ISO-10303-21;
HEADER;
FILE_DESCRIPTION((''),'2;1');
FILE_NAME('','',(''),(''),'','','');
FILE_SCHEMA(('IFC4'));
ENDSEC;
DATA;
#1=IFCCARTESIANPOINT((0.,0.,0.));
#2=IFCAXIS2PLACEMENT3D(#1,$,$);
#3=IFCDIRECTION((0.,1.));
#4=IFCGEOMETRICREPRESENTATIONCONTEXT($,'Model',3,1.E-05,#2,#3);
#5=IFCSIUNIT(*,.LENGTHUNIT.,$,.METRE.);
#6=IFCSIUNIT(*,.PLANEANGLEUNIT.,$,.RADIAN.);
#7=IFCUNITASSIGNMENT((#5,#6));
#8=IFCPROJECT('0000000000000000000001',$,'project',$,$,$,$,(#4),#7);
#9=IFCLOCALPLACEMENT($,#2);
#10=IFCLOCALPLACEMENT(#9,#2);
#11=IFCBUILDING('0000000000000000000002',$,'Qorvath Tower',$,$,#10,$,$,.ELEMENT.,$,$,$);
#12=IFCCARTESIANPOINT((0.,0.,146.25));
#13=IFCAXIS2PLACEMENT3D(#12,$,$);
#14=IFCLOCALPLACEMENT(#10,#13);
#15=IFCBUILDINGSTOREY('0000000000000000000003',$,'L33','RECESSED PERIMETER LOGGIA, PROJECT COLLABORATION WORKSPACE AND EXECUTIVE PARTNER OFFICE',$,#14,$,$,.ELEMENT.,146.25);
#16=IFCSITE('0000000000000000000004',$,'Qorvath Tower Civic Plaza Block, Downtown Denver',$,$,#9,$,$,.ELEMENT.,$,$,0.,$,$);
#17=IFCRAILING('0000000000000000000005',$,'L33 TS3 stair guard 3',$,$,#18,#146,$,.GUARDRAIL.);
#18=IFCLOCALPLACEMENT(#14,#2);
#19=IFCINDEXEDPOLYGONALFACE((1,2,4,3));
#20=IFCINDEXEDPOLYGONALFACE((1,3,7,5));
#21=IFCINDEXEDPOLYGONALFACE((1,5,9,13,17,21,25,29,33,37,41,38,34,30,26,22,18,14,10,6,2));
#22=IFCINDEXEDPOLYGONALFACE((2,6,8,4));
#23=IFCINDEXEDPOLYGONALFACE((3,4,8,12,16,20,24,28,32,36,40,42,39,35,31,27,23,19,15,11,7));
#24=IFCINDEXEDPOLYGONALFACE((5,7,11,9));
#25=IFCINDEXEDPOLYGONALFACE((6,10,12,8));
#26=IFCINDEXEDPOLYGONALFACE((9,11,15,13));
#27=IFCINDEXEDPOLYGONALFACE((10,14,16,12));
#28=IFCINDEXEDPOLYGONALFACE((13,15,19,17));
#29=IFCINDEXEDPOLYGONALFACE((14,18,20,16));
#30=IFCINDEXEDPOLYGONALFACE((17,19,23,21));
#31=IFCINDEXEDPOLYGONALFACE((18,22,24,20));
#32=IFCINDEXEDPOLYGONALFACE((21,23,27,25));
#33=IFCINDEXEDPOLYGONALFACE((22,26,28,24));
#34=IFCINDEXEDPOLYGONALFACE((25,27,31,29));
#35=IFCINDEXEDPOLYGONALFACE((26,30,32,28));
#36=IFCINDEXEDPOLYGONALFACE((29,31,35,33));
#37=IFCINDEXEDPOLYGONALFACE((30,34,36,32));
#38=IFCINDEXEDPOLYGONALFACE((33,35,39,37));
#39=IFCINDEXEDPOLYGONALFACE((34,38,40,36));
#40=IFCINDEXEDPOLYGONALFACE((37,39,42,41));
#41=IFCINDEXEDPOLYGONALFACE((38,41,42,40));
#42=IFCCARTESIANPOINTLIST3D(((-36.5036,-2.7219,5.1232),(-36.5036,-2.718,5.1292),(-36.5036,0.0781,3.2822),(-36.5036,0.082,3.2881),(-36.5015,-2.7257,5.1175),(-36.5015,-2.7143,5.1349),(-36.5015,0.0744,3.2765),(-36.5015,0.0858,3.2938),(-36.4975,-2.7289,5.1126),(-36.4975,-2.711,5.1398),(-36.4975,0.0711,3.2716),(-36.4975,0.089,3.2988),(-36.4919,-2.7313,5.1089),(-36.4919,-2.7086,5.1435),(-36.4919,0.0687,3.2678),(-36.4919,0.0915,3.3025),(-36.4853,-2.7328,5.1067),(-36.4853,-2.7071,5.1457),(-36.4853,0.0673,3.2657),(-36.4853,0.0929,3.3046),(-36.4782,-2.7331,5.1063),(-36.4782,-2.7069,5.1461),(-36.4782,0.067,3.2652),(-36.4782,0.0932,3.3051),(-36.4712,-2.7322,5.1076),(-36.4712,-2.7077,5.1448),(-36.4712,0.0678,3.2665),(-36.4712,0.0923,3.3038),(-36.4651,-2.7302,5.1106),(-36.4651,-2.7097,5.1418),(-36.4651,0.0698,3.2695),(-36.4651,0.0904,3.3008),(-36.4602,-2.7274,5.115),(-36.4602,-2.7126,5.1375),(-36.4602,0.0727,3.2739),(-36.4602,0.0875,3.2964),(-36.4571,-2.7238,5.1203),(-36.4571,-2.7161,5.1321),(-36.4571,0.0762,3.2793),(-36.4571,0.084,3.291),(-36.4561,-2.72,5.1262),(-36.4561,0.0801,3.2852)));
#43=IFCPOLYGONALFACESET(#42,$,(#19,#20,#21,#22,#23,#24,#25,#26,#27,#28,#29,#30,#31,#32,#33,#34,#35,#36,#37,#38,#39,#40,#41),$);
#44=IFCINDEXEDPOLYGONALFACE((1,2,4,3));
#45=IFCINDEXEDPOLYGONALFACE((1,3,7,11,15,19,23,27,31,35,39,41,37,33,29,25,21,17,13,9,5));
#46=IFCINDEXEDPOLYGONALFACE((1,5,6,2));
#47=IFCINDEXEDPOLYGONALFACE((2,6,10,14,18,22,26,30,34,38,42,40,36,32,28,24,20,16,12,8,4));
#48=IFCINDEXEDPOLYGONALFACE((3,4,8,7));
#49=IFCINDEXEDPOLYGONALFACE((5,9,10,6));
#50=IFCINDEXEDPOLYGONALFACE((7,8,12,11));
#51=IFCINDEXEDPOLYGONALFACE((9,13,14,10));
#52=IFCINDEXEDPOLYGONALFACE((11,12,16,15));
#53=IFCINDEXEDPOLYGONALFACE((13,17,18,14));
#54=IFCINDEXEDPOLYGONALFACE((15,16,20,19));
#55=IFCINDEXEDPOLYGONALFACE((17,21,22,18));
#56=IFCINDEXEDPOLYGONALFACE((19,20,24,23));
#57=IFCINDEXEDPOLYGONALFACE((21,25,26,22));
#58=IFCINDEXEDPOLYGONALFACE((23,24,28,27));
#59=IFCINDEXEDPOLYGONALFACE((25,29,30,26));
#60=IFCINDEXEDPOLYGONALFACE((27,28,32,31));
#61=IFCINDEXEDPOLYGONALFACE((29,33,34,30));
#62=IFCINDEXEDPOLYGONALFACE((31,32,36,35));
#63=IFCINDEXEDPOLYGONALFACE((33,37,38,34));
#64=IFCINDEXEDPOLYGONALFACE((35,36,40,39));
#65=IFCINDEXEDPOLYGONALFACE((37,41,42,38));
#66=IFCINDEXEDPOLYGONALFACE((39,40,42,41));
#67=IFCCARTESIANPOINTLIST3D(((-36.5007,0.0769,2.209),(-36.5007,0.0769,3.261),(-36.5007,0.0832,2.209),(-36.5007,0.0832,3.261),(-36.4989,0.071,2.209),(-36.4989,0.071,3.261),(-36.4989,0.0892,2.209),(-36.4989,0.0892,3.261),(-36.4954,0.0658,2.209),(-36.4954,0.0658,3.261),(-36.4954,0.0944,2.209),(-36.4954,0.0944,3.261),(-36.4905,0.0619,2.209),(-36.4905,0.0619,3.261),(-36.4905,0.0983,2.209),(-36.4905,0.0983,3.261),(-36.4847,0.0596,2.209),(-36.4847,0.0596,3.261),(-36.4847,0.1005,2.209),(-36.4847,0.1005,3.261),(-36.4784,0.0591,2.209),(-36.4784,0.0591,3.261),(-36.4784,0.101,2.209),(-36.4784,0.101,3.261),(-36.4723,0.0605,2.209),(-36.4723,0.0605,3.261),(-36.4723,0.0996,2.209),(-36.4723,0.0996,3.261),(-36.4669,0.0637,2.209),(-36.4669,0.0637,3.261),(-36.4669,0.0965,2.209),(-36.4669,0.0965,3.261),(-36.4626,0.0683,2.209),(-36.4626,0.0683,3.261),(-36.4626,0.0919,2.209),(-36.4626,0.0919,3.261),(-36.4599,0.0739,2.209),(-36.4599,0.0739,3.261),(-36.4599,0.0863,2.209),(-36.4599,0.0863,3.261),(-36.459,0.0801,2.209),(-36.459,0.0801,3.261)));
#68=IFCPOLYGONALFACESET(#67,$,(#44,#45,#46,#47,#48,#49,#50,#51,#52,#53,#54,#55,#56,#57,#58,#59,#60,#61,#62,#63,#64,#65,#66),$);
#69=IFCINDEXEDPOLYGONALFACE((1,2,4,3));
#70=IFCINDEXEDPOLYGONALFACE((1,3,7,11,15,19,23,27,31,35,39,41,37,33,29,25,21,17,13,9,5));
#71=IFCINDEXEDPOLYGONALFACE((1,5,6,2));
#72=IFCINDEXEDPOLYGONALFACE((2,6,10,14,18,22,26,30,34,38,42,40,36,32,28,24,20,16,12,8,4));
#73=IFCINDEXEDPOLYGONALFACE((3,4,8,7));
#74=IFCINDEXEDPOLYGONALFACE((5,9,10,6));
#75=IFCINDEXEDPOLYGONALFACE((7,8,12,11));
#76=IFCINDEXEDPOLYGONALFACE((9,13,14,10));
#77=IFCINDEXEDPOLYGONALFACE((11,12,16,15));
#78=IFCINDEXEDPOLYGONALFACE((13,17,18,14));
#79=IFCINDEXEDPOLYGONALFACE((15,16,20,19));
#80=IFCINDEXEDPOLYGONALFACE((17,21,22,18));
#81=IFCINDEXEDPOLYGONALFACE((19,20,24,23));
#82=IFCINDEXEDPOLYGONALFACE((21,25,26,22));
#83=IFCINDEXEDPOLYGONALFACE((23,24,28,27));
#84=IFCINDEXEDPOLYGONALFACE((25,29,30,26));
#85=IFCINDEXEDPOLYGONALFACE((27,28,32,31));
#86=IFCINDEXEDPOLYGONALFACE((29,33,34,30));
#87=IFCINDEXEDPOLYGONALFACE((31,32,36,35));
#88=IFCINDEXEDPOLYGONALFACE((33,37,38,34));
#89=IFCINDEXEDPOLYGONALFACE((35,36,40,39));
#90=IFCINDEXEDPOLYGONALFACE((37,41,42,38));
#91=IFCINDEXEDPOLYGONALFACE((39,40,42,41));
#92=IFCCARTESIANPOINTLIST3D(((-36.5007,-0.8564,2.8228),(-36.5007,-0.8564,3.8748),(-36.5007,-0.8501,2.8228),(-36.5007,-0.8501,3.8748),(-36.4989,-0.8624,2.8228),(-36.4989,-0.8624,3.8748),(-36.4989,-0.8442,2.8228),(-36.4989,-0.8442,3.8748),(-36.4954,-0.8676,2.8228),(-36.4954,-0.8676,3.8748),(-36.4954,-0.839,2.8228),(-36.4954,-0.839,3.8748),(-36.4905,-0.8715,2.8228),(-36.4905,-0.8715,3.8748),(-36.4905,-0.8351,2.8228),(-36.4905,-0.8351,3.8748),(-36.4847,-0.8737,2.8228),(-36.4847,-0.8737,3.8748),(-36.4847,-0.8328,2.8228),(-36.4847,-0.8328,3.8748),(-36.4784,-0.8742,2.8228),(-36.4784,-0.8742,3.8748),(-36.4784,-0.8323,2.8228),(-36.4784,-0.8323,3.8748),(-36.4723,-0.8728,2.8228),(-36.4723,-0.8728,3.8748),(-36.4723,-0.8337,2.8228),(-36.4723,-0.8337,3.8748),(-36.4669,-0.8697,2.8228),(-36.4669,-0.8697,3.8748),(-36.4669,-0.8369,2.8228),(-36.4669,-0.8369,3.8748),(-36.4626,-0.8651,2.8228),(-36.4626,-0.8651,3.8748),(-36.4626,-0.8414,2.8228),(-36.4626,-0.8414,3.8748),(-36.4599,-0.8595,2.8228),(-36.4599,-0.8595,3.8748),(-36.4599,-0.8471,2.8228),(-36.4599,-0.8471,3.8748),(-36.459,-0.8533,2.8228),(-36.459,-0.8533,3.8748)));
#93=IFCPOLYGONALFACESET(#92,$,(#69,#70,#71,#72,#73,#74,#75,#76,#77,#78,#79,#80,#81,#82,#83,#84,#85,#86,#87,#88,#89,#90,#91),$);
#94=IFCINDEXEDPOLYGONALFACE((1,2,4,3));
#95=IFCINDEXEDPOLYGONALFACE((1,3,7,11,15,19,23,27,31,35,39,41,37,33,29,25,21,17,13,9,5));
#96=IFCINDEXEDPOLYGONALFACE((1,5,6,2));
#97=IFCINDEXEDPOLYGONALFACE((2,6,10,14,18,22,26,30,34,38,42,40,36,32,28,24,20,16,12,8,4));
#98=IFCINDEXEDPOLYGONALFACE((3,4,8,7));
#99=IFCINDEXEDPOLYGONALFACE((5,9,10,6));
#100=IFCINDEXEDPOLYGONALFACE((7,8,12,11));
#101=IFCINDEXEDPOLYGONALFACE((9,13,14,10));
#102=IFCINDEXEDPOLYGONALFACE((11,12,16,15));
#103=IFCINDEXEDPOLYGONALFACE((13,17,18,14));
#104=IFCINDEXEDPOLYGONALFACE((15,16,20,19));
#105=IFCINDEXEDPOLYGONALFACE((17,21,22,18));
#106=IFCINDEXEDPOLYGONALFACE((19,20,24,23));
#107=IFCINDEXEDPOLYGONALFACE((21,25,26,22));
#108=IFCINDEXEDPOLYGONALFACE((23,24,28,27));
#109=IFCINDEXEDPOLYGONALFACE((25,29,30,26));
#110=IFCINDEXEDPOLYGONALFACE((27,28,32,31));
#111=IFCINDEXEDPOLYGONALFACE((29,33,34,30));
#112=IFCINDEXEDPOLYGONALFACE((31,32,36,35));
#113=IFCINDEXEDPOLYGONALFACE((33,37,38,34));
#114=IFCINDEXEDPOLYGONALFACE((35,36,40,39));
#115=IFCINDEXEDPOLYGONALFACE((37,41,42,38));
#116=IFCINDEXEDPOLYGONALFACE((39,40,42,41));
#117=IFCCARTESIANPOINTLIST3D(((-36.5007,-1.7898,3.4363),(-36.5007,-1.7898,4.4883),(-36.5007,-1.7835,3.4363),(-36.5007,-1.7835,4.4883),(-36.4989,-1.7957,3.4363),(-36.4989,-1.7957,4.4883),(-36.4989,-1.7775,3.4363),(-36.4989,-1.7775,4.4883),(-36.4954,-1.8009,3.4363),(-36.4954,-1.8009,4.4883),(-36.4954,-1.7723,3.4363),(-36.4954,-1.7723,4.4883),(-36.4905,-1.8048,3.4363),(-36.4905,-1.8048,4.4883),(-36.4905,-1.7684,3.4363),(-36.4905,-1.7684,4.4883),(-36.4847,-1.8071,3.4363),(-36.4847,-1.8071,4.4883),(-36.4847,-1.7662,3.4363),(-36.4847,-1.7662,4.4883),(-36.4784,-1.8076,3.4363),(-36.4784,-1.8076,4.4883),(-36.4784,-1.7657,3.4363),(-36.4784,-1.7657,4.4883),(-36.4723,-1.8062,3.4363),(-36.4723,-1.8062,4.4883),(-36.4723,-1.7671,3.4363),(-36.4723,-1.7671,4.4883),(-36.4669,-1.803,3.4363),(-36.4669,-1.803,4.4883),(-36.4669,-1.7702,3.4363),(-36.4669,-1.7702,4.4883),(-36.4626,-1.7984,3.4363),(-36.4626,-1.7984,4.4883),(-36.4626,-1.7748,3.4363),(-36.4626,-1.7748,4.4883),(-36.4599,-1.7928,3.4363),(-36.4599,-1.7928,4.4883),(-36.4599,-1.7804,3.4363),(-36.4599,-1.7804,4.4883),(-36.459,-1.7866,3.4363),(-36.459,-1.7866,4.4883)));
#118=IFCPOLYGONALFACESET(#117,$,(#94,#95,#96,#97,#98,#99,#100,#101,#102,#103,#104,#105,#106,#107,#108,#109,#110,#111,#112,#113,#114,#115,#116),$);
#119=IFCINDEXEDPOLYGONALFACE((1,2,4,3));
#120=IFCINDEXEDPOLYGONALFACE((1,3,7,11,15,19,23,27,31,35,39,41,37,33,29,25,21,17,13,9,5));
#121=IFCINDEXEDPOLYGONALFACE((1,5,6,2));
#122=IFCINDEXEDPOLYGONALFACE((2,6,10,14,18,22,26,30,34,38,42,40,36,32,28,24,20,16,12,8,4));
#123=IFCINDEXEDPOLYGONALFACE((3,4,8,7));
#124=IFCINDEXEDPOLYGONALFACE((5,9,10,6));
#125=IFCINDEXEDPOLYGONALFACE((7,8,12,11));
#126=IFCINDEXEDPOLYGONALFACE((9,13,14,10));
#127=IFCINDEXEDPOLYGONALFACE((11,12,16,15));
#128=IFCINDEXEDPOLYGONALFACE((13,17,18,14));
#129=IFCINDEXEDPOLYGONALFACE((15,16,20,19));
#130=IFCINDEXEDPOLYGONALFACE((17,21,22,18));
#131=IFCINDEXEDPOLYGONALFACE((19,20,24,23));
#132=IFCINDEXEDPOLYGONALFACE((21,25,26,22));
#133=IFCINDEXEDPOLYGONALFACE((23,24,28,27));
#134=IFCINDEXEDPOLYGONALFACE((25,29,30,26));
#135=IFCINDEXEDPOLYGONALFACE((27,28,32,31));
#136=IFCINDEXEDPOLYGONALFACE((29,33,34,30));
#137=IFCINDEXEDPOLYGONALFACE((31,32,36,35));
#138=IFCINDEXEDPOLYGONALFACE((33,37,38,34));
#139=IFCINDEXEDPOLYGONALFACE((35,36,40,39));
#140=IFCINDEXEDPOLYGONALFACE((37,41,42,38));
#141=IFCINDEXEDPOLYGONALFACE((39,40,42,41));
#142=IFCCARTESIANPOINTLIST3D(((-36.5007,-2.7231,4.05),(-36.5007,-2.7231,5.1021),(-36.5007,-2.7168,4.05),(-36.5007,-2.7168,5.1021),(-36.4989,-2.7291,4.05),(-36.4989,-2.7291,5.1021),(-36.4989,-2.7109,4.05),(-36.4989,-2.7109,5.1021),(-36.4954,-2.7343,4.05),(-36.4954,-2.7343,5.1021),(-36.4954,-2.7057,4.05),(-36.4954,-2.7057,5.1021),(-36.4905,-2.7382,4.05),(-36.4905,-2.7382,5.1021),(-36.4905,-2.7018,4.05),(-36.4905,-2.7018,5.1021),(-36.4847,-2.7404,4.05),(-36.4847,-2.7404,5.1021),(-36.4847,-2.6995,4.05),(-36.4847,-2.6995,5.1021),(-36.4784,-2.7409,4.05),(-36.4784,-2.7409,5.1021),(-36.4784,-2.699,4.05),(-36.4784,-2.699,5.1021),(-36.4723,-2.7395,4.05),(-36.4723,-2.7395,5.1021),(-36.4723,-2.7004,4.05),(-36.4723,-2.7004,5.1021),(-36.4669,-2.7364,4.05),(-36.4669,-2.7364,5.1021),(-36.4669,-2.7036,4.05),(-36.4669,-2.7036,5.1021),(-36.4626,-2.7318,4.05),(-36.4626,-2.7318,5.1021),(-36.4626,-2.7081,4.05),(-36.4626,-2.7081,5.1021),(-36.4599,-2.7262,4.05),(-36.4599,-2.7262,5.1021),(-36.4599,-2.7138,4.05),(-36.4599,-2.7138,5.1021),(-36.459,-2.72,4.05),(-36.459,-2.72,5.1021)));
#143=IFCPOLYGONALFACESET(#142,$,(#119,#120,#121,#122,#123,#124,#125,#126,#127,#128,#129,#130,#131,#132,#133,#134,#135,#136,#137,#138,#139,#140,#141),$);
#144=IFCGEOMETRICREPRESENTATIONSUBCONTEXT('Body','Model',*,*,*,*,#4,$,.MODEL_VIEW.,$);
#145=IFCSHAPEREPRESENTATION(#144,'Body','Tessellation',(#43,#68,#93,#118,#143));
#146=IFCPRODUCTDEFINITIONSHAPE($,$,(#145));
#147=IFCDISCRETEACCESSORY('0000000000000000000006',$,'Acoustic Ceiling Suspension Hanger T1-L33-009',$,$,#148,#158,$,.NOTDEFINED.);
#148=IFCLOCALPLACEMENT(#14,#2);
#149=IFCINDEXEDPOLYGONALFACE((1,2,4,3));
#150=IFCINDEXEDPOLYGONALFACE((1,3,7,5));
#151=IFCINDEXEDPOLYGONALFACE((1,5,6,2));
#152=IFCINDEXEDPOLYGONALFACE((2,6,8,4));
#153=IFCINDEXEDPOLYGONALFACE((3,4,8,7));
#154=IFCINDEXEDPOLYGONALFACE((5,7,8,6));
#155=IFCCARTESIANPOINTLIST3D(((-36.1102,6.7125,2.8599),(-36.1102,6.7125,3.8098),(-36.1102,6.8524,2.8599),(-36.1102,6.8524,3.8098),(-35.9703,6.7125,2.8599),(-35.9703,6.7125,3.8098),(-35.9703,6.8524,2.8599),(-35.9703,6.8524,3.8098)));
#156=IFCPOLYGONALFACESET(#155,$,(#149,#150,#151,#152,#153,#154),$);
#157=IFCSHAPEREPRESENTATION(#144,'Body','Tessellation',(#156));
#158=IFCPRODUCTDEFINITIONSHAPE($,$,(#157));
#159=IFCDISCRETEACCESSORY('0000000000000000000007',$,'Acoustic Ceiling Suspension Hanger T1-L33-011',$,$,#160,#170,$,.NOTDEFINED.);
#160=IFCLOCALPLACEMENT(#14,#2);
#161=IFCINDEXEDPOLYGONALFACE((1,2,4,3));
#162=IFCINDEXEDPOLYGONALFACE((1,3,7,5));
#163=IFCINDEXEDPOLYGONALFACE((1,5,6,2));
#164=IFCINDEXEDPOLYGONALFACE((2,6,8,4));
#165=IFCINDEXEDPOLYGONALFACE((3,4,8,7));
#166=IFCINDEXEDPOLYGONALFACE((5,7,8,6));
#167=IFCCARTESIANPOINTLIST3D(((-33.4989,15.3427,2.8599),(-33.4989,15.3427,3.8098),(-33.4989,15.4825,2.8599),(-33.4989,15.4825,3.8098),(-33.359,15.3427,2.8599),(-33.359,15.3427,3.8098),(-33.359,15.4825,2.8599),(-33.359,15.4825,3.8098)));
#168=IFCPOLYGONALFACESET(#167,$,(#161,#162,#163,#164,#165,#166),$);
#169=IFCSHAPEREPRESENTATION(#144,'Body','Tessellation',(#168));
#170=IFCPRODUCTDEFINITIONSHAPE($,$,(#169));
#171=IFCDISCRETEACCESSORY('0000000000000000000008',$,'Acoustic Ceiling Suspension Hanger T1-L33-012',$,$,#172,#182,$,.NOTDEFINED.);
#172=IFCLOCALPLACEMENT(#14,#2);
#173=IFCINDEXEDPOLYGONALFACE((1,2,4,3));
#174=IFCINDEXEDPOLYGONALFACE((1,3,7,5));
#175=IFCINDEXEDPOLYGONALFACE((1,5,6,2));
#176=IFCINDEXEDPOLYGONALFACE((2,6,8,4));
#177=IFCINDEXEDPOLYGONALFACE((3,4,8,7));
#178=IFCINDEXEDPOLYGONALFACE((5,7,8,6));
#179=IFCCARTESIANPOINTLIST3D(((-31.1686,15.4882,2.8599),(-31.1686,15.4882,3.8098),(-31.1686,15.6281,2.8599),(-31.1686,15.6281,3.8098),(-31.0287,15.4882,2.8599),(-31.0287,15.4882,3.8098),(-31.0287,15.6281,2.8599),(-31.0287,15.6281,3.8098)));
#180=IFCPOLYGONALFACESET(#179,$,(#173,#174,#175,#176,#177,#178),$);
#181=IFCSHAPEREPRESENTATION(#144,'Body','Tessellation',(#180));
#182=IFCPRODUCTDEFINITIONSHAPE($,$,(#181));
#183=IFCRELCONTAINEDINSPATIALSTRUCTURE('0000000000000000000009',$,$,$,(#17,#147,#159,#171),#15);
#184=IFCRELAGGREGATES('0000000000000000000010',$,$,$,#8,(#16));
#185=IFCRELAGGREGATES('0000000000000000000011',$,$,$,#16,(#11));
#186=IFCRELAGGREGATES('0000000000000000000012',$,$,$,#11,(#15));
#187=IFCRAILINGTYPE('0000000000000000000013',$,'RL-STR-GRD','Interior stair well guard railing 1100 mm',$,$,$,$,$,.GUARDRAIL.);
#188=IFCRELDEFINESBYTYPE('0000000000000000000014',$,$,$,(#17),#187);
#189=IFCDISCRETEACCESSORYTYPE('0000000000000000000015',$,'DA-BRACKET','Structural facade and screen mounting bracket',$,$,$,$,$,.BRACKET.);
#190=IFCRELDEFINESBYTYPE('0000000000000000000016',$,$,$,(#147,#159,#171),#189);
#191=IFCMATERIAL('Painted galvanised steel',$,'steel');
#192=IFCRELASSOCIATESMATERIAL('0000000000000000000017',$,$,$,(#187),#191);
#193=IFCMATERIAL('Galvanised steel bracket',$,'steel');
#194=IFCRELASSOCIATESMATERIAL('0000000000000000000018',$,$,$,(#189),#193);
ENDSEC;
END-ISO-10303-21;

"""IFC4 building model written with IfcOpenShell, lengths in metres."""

from ifc_helpers import new_model, si_unit, direction, frame, origin, origin_2d, place, context, subcontext, project, spatial, rectangle, circle, extrude, material, type_object, element, save


model = new_model("IFC4")

# Units and contexts
model_context = context("Model", 3, precision=1e-05, world=origin(), true_north=direction((0.0, 1.0)))
body_context = subcontext(model_context, "Body", "Model", "MODEL_VIEW")
ifc_project = project(units=[si_unit("LENGTHUNIT", "METRE"), si_unit("PLANEANGLEUNIT", "RADIAN")], contexts=[model_context])

# Site, building, storey
site_placement = place(None, origin())
site = spatial("IfcSite", under=ifc_project, at=site_placement, Name="Qorvath Tower Civic Plaza Block, Downtown Denver", CompositionType="ELEMENT", RefElevation=0.0)
building_placement = place(site_placement, origin())
building = spatial("IfcBuilding", under=site, at=building_placement, Name="Qorvath Tower", CompositionType="ELEMENT")
storey_placement = place(building_placement, frame((0.0, 0.0, 146.25)))
storey = spatial("IfcBuildingStorey", under=building, at=storey_placement, Name="L33", Description="RECESSED PERIMETER LOGGIA, PROJECT COLLABORATION WORKSPACE AND EXECUTIVE PARTNER OFFICE", CompositionType="ELEMENT", Elevation=146.25)

# Railing
ifc_material_1 = material(Name="Painted galvanised steel", Category="steel")
railing_type = type_object("IfcRailingType", Name="RL-STR-GRD", Description="Interior stair well guard railing 1100 mm", PredefinedType="GUARDRAIL", material=ifc_material_1)
railing_1_placement = place(storey_placement, frame((-36.48, 0.0801, 2.209)))
element("IfcRailing", 1, at=railing_1_placement, inside=storey, type_object=railing_type, Name="L33 TS3 stair guard 3", PredefinedType="GUARDRAIL", context=body_context, shape_type="SweptSolid", body=[
    extrude(circle(Radius=0.0239, at=origin_2d()), frame((0.0, 0.0, 1.0762), z_axis=(0.0, -0.835564, 0.549393), x_axis=(1.0, 0.0, 0.0)), (0.0, 0.0, 1.0), 3.3511),
    extrude(circle(Radius=0.021, at=origin_2d()), origin(), (0.0, 0.0, 1.0), 1.052),
    extrude(circle(Radius=0.021, at=origin_2d()), frame((0.0, -0.9333, 0.6138)), (0.0, 0.0, 1.0), 1.052),
    extrude(circle(Radius=0.021, at=origin_2d()), frame((0.0, -1.8667, 1.2273)), (0.0, 0.0, 1.0), 1.052),
    extrude(circle(Radius=0.021, at=origin_2d()), frame((0.0, -2.8, 1.8411)), (0.0, 0.0, 1.0), 1.052),
])

# Discrete accessories
ifc_material_2 = material(Name="Galvanised steel bracket", Category="steel")
discrete_accessory_type = type_object("IfcDiscreteAccessoryType", Name="DA-BRACKET", Description="Structural facade and screen mounting bracket", PredefinedType="BRACKET", material=ifc_material_2)
for number, where, z_axis, x_axis, name in (
    (2, (-36.0403, 6.7825, 2.8599), (0.0, 0.0, 1.0), (1.0, 0.0, 0.0), "Acoustic Ceiling Suspension Hanger T1-L33-009"),
    (3, (-33.429, 15.4126, 2.8599), (0.0, 0.0, 1.0), (1.0, 0.0, 0.0), "Acoustic Ceiling Suspension Hanger T1-L33-011"),
    (4, (-31.0986, 15.5581, 2.8599), (0.0, 0.0, 1.0), (1.0, 0.0, 0.0), "Acoustic Ceiling Suspension Hanger T1-L33-012"),
):
    element("IfcDiscreteAccessory", number, at=place(storey_placement, frame(where, z_axis=z_axis, x_axis=x_axis)), inside=storey, type_object=discrete_accessory_type, Name=name, PredefinedType="NOTDEFINED", context=body_context, shape_type="SweptSolid", body=[
        extrude(rectangle(XDim=0.1399, YDim=0.1399, at=origin_2d()), origin(), (0.0, 0.0, 1.0), 0.95),
    ])

save(model, "model.ifc")
